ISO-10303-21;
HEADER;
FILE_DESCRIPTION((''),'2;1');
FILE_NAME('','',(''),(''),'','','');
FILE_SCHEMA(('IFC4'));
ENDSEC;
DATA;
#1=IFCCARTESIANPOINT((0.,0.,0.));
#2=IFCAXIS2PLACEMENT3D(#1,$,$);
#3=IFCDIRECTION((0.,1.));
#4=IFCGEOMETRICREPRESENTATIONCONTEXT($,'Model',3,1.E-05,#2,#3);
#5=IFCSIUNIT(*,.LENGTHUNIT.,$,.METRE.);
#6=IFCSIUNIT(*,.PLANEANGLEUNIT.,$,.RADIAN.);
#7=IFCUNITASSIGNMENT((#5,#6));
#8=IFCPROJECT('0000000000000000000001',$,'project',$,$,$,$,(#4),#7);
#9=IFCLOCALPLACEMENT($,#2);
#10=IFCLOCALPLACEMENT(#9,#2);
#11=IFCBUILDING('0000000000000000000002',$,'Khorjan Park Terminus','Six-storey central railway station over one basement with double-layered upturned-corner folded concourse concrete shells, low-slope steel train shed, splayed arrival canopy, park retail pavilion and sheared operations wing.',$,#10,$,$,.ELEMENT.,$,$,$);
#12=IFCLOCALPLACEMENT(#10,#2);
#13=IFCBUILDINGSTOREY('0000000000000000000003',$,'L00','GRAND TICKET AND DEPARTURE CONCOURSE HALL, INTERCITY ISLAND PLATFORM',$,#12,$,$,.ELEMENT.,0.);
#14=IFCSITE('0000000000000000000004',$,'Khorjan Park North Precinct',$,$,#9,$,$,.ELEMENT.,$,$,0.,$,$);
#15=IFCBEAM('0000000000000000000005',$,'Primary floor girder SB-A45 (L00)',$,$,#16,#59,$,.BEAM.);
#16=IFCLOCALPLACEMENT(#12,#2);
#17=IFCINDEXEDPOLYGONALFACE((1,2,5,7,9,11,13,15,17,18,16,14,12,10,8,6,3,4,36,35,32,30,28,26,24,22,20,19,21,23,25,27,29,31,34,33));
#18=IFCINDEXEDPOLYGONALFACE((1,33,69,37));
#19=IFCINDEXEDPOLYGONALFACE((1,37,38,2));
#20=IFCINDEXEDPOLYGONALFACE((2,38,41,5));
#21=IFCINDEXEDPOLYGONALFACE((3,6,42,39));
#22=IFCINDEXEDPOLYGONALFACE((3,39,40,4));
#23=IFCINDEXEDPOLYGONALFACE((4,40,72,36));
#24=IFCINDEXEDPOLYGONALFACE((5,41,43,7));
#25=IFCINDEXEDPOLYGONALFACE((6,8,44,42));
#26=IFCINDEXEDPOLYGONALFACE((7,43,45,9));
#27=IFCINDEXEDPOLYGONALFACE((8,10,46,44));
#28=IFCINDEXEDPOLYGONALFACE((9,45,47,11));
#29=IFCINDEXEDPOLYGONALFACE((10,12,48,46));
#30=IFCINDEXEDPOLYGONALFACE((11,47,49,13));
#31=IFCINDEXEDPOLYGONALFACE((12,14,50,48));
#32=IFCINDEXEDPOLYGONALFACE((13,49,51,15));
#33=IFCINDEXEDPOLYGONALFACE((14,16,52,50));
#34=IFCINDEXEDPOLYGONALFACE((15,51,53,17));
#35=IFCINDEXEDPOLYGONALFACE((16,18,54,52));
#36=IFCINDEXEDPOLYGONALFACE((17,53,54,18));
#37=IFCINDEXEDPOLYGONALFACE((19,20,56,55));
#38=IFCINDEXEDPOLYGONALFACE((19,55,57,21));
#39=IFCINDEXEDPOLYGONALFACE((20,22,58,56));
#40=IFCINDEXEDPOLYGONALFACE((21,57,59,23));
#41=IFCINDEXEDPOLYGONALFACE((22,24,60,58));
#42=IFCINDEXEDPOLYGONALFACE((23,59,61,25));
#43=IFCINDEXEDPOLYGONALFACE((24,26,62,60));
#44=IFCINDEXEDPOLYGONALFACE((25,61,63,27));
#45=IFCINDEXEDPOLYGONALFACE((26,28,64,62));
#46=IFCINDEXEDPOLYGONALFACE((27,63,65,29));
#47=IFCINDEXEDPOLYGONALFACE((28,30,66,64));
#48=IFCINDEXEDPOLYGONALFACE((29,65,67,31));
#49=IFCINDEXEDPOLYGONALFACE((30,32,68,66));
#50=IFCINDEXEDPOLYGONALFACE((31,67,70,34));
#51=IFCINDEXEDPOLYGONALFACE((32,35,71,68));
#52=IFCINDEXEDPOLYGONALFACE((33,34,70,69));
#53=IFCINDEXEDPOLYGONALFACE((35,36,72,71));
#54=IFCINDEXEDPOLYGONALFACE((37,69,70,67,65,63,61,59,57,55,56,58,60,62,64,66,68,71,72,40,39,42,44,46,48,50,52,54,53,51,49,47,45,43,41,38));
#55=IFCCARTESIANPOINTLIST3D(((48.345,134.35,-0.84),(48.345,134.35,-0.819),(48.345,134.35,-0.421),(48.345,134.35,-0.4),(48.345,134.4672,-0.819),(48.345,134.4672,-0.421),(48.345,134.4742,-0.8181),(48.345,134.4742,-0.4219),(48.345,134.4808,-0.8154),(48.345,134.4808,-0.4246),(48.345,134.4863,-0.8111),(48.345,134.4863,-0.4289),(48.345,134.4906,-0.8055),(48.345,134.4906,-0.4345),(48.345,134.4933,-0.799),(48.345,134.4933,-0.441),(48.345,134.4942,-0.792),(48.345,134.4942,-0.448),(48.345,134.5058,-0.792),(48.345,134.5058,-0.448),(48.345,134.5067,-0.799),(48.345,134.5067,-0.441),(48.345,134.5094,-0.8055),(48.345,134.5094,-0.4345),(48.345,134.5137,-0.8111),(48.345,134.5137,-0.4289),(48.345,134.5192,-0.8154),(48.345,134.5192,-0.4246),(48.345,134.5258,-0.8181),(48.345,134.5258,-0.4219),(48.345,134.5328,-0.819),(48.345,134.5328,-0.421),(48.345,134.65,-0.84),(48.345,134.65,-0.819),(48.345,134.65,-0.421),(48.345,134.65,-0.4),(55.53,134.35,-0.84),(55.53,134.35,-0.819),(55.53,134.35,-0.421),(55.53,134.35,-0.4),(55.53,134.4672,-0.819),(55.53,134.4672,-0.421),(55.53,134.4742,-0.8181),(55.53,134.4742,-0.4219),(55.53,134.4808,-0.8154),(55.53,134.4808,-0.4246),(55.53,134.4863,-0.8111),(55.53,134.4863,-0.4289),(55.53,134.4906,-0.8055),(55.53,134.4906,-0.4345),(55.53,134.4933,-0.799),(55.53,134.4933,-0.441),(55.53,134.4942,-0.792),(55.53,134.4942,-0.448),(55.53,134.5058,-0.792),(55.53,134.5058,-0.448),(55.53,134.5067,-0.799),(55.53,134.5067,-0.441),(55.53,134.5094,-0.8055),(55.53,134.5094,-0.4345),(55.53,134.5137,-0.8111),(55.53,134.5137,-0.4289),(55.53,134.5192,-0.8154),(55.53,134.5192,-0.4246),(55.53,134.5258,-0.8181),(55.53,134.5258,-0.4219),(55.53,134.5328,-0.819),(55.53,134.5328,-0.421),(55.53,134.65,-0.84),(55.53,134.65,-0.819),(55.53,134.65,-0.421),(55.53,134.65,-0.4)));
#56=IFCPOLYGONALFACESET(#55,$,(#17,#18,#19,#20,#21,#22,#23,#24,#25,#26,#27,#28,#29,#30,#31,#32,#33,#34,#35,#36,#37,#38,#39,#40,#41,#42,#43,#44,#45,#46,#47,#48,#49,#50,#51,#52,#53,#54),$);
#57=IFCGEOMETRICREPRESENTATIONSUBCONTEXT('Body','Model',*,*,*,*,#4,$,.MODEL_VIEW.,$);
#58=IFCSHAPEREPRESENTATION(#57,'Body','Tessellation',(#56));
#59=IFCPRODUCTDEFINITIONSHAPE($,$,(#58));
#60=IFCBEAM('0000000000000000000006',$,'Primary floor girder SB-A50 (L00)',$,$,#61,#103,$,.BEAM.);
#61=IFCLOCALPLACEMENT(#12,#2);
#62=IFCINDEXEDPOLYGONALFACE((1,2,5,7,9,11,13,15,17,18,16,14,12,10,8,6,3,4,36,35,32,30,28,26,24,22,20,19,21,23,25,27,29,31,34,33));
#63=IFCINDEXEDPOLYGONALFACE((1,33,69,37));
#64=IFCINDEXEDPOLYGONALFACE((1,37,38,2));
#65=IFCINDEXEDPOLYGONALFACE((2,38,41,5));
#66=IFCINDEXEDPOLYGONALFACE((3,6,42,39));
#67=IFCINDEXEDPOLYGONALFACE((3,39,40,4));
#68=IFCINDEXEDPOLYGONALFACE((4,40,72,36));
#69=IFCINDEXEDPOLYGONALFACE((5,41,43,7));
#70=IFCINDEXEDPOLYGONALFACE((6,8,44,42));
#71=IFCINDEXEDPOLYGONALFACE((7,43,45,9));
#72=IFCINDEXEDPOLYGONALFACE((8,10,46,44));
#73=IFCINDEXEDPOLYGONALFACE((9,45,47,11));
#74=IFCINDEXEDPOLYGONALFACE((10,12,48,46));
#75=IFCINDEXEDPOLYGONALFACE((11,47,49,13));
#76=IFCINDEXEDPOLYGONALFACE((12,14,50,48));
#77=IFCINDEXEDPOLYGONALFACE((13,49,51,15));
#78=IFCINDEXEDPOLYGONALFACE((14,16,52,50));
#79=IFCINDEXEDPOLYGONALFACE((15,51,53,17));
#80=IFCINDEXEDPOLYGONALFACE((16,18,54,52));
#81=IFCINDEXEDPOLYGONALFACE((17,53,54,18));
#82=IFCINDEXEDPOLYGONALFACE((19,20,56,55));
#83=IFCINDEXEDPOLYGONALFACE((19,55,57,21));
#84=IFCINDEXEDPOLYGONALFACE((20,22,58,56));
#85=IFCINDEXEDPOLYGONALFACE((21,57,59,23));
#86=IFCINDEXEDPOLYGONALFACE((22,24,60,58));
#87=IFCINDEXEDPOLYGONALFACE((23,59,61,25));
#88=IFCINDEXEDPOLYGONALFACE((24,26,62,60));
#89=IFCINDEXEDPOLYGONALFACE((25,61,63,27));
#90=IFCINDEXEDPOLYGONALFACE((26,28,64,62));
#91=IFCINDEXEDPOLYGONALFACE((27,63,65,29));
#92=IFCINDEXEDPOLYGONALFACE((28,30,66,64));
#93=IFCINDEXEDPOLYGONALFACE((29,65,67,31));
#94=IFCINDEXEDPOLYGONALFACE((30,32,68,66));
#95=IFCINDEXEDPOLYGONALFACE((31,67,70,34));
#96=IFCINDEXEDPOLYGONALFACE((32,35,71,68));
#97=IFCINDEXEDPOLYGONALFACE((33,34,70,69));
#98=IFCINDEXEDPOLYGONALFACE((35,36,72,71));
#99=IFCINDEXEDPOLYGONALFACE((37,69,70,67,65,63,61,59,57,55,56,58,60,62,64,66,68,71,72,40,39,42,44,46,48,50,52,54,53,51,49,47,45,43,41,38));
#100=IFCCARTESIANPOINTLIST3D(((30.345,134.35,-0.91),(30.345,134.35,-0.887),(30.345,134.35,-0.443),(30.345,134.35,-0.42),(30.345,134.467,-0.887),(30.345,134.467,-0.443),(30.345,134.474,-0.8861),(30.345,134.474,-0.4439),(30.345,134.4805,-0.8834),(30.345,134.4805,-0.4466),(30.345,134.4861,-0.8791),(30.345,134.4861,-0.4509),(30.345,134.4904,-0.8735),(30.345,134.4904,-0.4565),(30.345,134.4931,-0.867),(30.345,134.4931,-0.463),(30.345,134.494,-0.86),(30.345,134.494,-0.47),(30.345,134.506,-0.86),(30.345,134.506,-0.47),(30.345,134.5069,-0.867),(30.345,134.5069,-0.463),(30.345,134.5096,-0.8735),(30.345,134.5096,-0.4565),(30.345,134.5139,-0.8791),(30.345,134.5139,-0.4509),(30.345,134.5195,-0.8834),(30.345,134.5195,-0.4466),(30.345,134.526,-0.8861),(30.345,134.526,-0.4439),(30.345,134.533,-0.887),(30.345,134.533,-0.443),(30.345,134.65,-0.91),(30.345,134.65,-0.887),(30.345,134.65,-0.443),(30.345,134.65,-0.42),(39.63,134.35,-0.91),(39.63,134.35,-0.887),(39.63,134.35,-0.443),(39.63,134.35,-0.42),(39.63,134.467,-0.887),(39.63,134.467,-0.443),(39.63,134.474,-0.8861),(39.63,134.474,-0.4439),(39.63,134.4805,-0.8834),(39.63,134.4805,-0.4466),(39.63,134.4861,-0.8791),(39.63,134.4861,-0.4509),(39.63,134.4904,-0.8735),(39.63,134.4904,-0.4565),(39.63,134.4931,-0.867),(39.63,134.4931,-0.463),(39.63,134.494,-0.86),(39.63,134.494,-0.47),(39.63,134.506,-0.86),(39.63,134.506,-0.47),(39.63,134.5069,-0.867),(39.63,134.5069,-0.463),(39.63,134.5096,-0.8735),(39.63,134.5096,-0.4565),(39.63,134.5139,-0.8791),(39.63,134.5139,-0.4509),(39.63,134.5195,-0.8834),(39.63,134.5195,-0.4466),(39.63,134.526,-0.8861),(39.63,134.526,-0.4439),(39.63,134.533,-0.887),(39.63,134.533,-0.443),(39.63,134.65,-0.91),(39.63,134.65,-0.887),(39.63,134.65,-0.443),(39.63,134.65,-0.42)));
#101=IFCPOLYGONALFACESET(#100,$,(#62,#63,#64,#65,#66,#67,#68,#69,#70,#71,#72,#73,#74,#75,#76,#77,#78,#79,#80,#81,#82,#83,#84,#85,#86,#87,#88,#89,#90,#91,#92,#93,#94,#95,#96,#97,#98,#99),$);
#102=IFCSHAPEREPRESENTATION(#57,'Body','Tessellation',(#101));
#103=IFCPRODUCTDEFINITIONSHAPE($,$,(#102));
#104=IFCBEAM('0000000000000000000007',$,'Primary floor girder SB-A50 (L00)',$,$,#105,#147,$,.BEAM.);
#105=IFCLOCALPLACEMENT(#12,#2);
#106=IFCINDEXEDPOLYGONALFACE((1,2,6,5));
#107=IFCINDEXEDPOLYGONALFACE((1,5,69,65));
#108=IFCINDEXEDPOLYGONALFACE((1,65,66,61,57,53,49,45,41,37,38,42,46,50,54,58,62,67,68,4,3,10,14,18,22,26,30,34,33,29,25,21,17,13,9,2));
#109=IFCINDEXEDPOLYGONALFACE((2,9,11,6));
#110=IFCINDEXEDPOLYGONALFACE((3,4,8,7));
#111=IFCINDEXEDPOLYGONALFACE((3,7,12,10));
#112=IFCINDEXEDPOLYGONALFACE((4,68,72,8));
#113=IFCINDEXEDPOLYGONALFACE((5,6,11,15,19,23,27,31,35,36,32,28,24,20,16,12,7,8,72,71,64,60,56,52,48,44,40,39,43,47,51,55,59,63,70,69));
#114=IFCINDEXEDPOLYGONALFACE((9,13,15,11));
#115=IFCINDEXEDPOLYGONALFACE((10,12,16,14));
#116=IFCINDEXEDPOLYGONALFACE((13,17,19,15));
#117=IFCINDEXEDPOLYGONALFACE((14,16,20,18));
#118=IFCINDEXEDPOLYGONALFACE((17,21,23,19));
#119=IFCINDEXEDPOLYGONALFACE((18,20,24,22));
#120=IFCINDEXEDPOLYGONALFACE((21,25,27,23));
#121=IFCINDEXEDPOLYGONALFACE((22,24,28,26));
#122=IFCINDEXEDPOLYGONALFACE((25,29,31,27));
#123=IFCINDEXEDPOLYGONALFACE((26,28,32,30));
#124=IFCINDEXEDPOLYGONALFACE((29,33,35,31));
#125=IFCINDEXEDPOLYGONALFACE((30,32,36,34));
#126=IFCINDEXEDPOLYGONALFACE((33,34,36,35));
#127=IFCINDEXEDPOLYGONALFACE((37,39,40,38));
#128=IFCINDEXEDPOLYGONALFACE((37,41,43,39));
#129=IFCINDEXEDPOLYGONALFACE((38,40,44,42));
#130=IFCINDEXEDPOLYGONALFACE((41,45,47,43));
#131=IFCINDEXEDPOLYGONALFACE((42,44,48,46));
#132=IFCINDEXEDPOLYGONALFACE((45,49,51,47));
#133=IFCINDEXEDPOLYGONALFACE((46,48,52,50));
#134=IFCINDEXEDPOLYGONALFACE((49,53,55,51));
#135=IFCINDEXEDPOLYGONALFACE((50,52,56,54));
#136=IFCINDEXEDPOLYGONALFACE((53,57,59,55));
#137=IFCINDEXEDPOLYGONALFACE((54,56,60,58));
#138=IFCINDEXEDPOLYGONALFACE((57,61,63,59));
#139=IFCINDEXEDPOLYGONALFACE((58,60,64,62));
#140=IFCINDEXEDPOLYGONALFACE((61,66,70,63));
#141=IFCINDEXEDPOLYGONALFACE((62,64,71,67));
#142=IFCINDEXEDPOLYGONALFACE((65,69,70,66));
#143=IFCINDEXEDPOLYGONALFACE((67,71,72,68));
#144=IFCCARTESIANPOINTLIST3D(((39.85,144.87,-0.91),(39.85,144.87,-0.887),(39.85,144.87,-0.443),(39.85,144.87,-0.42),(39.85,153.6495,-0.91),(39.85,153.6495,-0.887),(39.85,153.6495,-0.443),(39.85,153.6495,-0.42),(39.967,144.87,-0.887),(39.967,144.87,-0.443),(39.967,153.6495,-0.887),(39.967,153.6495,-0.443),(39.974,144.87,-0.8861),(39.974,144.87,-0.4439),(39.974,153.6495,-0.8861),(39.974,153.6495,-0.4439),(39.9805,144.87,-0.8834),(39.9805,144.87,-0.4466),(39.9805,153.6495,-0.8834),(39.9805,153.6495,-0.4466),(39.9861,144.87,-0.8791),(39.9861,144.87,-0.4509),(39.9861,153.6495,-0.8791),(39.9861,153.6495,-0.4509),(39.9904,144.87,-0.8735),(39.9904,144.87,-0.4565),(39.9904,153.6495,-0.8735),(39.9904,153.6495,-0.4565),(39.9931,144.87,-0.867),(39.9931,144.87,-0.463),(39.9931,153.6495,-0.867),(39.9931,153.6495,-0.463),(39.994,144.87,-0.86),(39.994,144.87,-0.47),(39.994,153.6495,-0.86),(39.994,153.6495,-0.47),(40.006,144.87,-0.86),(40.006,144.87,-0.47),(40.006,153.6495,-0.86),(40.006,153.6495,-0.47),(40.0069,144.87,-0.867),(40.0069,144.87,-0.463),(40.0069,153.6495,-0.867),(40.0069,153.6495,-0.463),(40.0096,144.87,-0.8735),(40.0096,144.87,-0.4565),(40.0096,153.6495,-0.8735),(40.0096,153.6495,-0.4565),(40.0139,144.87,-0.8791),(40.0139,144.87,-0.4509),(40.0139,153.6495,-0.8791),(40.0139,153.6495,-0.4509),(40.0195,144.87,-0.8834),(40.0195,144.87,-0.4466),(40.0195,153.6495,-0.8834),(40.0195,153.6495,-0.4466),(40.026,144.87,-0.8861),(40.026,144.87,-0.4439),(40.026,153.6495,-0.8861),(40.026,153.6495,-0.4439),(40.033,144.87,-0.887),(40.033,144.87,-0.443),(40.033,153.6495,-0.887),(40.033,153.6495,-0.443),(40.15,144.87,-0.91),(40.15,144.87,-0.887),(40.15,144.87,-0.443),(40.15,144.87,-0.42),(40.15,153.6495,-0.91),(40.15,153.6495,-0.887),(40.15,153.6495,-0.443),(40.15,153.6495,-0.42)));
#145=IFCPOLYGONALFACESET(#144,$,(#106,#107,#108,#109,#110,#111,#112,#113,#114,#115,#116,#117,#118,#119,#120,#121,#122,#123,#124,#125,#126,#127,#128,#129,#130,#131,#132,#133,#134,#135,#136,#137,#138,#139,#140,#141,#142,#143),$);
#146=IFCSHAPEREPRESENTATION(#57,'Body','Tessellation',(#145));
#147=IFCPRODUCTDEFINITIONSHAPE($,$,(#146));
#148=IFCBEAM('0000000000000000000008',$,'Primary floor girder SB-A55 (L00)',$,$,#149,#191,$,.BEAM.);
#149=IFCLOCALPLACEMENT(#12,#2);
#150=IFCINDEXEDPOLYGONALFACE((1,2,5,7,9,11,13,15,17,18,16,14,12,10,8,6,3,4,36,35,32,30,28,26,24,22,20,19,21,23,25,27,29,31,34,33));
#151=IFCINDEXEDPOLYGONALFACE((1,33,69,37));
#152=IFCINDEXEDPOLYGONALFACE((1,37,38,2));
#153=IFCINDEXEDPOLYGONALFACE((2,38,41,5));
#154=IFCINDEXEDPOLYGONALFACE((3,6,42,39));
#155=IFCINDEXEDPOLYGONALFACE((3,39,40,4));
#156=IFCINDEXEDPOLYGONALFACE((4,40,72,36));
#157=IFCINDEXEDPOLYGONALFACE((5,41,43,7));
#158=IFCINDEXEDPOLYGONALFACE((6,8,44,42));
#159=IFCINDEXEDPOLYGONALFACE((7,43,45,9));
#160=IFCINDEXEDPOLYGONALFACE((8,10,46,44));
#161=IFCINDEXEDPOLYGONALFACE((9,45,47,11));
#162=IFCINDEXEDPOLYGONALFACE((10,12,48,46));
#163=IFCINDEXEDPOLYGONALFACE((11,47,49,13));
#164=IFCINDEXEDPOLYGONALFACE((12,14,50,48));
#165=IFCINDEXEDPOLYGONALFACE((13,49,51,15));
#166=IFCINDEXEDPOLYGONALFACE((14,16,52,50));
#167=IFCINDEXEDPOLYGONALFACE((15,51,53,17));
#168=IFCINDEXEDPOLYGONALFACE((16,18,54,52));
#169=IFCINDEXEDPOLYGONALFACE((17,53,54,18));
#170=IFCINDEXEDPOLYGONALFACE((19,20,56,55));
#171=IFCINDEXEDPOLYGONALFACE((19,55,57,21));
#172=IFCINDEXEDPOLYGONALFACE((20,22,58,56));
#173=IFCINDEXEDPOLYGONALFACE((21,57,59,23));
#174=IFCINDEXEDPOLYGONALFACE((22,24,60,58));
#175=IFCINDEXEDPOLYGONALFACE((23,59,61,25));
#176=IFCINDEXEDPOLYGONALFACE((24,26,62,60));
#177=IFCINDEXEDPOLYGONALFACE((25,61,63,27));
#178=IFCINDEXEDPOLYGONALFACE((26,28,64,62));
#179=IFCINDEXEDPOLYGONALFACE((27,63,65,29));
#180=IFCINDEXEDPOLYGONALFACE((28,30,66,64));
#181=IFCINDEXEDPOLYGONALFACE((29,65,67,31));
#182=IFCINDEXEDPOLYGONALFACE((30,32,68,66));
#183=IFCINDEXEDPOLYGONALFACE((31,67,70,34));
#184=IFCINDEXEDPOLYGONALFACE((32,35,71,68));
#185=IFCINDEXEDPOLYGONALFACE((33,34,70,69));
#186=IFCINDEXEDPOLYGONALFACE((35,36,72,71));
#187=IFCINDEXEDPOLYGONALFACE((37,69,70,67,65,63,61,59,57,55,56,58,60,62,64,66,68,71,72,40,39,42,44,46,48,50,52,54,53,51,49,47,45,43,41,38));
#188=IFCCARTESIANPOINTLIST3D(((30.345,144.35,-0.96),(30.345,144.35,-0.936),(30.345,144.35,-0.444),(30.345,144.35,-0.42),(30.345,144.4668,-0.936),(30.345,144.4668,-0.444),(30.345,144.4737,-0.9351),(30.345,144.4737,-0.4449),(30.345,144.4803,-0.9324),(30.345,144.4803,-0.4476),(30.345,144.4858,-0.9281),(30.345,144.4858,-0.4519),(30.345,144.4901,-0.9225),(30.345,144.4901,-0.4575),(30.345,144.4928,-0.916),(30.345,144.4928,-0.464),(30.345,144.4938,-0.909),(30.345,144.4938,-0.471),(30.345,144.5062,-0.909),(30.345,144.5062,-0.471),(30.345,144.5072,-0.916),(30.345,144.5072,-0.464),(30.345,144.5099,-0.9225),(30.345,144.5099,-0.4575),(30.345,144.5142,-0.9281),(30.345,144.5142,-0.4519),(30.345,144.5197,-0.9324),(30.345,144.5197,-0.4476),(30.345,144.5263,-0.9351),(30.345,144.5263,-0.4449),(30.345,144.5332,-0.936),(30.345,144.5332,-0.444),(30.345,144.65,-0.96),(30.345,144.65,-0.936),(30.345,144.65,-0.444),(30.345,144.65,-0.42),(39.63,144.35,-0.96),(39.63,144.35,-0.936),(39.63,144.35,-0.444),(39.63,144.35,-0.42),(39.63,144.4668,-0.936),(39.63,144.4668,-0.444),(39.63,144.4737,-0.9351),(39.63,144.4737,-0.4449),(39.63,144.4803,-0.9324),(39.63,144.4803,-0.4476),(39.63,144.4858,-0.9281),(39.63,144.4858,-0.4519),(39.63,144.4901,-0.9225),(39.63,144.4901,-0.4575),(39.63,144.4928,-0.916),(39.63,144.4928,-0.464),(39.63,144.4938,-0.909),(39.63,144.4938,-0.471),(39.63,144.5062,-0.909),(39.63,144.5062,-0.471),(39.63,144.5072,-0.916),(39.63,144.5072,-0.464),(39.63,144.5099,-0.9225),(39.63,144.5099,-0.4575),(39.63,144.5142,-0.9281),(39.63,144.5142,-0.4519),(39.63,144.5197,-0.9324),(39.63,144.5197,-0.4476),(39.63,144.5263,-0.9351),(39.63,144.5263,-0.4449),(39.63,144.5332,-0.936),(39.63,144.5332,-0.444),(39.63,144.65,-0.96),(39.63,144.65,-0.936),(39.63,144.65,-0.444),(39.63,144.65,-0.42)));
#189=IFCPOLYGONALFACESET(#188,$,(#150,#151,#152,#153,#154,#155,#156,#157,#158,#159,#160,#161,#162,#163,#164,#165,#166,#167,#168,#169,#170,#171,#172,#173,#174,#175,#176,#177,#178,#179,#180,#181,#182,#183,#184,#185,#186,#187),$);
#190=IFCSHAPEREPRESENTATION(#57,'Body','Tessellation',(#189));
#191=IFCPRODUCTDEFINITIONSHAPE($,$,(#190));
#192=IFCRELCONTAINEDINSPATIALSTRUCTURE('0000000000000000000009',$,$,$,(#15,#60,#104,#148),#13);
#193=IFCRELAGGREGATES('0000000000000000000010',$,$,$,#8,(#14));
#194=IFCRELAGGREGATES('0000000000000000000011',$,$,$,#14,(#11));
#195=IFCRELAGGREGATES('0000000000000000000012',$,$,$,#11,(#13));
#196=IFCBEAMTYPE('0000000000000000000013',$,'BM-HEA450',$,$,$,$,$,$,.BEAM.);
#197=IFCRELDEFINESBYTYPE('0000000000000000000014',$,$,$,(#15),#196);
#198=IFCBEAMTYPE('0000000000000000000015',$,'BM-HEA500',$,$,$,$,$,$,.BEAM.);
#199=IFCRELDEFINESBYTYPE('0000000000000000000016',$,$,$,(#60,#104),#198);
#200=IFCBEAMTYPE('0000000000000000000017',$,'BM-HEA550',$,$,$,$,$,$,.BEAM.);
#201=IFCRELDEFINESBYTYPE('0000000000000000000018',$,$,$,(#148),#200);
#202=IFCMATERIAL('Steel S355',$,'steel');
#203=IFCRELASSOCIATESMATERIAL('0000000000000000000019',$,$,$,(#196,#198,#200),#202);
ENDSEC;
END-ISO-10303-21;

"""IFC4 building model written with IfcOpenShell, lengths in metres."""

from ifc_helpers import new_model, si_unit, direction, frame, origin, origin_2d, place, context, subcontext, project, spatial, i_section, extrude, material, material_profile, profile_set, type_object, element, save


model = new_model("IFC4")

# Units and contexts
model_context = context("Model", 3, precision=1e-05, world=origin(), true_north=direction((0.0, 1.0)))
body_context = subcontext(model_context, "Body", "Model", "MODEL_VIEW")
ifc_project = project(units=[si_unit("LENGTHUNIT", "METRE"), si_unit("PLANEANGLEUNIT", "RADIAN")], contexts=[model_context])

# Site, building, storey
site_placement = place(None, origin())
site = spatial("IfcSite", under=ifc_project, at=site_placement, Name="Khorjan Park North Precinct", CompositionType="ELEMENT", RefElevation=0.0)
building_placement = place(site_placement, origin())
building = spatial("IfcBuilding", under=site, at=building_placement, Name="Khorjan Park Terminus", Description="Six-storey central railway station over one basement with double-layered upturned-corner folded concourse concrete shells, low-slope steel train shed, splayed arrival canopy, park retail pavilion and sheared operations wing.", CompositionType="ELEMENT")
storey_placement = place(building_placement, origin())
storey = spatial("IfcBuildingStorey", under=building, at=storey_placement, Name="L00", Description="GRAND TICKET AND DEPARTURE CONCOURSE HALL, INTERCITY ISLAND PLATFORM", CompositionType="ELEMENT", Elevation=0.0)

# Shared definitions
ifc_material = material(Name="Steel S355", Category="steel")

# Beams
ifc_material_profile_1 = material_profile(ifc_material, i_section(OverallWidth=0.3, OverallDepth=0.44, WebThickness=0.0115, FlangeThickness=0.021, FilletRadius=0.027, at=origin_2d()), Name="HEA 450")
ifc_profile_set_1 = profile_set([ifc_material_profile_1], Name="Steel S355")
beam_type_1 = type_object("IfcBeamType", Name="BM-HEA450", PredefinedType="BEAM", material=ifc_profile_set_1)
beam_1_placement = place(storey_placement, frame((48.345, 134.5, -0.62), z_axis=(1.0, 0.0, 0.0), x_axis=(0.0, 1.0, 0.0)))
element("IfcBeam", 1, at=beam_1_placement, inside=storey, type_object=beam_type_1, Name="Primary floor girder SB-A45 (L00)", PredefinedType="BEAM", context=body_context, shape_type="SweptSolid", body=[
    extrude(i_section(OverallWidth=0.3, OverallDepth=0.44, WebThickness=0.0115, FlangeThickness=0.021, FilletRadius=0.027, at=origin_2d()), origin(), (0.0, 0.0, 1.0), 7.185),
])
ifc_material_profile_2 = material_profile(ifc_material, i_section(OverallWidth=0.3, OverallDepth=0.49, WebThickness=0.012, FlangeThickness=0.023, FilletRadius=0.027, at=origin_2d()), Name="HEA 500")
ifc_profile_set_2 = profile_set([ifc_material_profile_2], Name="Steel S355")
beam_type_2 = type_object("IfcBeamType", Name="BM-HEA500", PredefinedType="BEAM", material=ifc_profile_set_2)
beam_2_placement = place(storey_placement, frame((30.345, 134.5, -0.665), z_axis=(1.0, 0.0, 0.0), x_axis=(0.0, 1.0, 0.0)))
element("IfcBeam", 2, at=beam_2_placement, inside=storey, type_object=beam_type_2, Name="Primary floor girder SB-A50 (L00)", PredefinedType="BEAM", context=body_context, shape_type="SweptSolid", body=[
    extrude(i_section(OverallWidth=0.3, OverallDepth=0.49, WebThickness=0.012, FlangeThickness=0.023, FilletRadius=0.027, at=origin_2d()), origin(), (0.0, 0.0, 1.0), 9.285),
])
beam_3_placement = place(storey_placement, frame((40.0, 144.87, -0.665), z_axis=(0.0, 1.0, 0.0), x_axis=(-1.0, 0.0, 0.0)))
element("IfcBeam", 3, at=beam_3_placement, inside=storey, type_object=beam_type_2, Name="Primary floor girder SB-A50 (L00)", PredefinedType="BEAM", context=body_context, shape_type="SweptSolid", body=[
    extrude(i_section(OverallWidth=0.3, OverallDepth=0.49, WebThickness=0.012, FlangeThickness=0.023, FilletRadius=0.027, at=origin_2d()), origin(), (0.0, 0.0, 1.0), 8.7795),
])
ifc_material_profile_3 = material_profile(ifc_material, i_section(OverallWidth=0.3, OverallDepth=0.54, WebThickness=0.0125, FlangeThickness=0.024, FilletRadius=0.027, at=origin_2d()), Name="HEA 550")
ifc_profile_set_3 = profile_set([ifc_material_profile_3], Name="Steel S355")
beam_type_3 = type_object("IfcBeamType", Name="BM-HEA550", PredefinedType="BEAM", material=ifc_profile_set_3)
beam_4_placement = place(storey_placement, frame((30.345, 144.5, -0.69), z_axis=(1.0, 0.0, 0.0), x_axis=(0.0, 1.0, 0.0)))
element("IfcBeam", 4, at=beam_4_placement, inside=storey, type_object=beam_type_3, Name="Primary floor girder SB-A55 (L00)", PredefinedType="BEAM", context=body_context, shape_type="SweptSolid", body=[
    extrude(i_section(OverallWidth=0.3, OverallDepth=0.54, WebThickness=0.0125, FlangeThickness=0.024, FilletRadius=0.027, at=origin_2d()), origin(), (0.0, 0.0, 1.0), 9.285),
])

save(model, "model.ifc")
